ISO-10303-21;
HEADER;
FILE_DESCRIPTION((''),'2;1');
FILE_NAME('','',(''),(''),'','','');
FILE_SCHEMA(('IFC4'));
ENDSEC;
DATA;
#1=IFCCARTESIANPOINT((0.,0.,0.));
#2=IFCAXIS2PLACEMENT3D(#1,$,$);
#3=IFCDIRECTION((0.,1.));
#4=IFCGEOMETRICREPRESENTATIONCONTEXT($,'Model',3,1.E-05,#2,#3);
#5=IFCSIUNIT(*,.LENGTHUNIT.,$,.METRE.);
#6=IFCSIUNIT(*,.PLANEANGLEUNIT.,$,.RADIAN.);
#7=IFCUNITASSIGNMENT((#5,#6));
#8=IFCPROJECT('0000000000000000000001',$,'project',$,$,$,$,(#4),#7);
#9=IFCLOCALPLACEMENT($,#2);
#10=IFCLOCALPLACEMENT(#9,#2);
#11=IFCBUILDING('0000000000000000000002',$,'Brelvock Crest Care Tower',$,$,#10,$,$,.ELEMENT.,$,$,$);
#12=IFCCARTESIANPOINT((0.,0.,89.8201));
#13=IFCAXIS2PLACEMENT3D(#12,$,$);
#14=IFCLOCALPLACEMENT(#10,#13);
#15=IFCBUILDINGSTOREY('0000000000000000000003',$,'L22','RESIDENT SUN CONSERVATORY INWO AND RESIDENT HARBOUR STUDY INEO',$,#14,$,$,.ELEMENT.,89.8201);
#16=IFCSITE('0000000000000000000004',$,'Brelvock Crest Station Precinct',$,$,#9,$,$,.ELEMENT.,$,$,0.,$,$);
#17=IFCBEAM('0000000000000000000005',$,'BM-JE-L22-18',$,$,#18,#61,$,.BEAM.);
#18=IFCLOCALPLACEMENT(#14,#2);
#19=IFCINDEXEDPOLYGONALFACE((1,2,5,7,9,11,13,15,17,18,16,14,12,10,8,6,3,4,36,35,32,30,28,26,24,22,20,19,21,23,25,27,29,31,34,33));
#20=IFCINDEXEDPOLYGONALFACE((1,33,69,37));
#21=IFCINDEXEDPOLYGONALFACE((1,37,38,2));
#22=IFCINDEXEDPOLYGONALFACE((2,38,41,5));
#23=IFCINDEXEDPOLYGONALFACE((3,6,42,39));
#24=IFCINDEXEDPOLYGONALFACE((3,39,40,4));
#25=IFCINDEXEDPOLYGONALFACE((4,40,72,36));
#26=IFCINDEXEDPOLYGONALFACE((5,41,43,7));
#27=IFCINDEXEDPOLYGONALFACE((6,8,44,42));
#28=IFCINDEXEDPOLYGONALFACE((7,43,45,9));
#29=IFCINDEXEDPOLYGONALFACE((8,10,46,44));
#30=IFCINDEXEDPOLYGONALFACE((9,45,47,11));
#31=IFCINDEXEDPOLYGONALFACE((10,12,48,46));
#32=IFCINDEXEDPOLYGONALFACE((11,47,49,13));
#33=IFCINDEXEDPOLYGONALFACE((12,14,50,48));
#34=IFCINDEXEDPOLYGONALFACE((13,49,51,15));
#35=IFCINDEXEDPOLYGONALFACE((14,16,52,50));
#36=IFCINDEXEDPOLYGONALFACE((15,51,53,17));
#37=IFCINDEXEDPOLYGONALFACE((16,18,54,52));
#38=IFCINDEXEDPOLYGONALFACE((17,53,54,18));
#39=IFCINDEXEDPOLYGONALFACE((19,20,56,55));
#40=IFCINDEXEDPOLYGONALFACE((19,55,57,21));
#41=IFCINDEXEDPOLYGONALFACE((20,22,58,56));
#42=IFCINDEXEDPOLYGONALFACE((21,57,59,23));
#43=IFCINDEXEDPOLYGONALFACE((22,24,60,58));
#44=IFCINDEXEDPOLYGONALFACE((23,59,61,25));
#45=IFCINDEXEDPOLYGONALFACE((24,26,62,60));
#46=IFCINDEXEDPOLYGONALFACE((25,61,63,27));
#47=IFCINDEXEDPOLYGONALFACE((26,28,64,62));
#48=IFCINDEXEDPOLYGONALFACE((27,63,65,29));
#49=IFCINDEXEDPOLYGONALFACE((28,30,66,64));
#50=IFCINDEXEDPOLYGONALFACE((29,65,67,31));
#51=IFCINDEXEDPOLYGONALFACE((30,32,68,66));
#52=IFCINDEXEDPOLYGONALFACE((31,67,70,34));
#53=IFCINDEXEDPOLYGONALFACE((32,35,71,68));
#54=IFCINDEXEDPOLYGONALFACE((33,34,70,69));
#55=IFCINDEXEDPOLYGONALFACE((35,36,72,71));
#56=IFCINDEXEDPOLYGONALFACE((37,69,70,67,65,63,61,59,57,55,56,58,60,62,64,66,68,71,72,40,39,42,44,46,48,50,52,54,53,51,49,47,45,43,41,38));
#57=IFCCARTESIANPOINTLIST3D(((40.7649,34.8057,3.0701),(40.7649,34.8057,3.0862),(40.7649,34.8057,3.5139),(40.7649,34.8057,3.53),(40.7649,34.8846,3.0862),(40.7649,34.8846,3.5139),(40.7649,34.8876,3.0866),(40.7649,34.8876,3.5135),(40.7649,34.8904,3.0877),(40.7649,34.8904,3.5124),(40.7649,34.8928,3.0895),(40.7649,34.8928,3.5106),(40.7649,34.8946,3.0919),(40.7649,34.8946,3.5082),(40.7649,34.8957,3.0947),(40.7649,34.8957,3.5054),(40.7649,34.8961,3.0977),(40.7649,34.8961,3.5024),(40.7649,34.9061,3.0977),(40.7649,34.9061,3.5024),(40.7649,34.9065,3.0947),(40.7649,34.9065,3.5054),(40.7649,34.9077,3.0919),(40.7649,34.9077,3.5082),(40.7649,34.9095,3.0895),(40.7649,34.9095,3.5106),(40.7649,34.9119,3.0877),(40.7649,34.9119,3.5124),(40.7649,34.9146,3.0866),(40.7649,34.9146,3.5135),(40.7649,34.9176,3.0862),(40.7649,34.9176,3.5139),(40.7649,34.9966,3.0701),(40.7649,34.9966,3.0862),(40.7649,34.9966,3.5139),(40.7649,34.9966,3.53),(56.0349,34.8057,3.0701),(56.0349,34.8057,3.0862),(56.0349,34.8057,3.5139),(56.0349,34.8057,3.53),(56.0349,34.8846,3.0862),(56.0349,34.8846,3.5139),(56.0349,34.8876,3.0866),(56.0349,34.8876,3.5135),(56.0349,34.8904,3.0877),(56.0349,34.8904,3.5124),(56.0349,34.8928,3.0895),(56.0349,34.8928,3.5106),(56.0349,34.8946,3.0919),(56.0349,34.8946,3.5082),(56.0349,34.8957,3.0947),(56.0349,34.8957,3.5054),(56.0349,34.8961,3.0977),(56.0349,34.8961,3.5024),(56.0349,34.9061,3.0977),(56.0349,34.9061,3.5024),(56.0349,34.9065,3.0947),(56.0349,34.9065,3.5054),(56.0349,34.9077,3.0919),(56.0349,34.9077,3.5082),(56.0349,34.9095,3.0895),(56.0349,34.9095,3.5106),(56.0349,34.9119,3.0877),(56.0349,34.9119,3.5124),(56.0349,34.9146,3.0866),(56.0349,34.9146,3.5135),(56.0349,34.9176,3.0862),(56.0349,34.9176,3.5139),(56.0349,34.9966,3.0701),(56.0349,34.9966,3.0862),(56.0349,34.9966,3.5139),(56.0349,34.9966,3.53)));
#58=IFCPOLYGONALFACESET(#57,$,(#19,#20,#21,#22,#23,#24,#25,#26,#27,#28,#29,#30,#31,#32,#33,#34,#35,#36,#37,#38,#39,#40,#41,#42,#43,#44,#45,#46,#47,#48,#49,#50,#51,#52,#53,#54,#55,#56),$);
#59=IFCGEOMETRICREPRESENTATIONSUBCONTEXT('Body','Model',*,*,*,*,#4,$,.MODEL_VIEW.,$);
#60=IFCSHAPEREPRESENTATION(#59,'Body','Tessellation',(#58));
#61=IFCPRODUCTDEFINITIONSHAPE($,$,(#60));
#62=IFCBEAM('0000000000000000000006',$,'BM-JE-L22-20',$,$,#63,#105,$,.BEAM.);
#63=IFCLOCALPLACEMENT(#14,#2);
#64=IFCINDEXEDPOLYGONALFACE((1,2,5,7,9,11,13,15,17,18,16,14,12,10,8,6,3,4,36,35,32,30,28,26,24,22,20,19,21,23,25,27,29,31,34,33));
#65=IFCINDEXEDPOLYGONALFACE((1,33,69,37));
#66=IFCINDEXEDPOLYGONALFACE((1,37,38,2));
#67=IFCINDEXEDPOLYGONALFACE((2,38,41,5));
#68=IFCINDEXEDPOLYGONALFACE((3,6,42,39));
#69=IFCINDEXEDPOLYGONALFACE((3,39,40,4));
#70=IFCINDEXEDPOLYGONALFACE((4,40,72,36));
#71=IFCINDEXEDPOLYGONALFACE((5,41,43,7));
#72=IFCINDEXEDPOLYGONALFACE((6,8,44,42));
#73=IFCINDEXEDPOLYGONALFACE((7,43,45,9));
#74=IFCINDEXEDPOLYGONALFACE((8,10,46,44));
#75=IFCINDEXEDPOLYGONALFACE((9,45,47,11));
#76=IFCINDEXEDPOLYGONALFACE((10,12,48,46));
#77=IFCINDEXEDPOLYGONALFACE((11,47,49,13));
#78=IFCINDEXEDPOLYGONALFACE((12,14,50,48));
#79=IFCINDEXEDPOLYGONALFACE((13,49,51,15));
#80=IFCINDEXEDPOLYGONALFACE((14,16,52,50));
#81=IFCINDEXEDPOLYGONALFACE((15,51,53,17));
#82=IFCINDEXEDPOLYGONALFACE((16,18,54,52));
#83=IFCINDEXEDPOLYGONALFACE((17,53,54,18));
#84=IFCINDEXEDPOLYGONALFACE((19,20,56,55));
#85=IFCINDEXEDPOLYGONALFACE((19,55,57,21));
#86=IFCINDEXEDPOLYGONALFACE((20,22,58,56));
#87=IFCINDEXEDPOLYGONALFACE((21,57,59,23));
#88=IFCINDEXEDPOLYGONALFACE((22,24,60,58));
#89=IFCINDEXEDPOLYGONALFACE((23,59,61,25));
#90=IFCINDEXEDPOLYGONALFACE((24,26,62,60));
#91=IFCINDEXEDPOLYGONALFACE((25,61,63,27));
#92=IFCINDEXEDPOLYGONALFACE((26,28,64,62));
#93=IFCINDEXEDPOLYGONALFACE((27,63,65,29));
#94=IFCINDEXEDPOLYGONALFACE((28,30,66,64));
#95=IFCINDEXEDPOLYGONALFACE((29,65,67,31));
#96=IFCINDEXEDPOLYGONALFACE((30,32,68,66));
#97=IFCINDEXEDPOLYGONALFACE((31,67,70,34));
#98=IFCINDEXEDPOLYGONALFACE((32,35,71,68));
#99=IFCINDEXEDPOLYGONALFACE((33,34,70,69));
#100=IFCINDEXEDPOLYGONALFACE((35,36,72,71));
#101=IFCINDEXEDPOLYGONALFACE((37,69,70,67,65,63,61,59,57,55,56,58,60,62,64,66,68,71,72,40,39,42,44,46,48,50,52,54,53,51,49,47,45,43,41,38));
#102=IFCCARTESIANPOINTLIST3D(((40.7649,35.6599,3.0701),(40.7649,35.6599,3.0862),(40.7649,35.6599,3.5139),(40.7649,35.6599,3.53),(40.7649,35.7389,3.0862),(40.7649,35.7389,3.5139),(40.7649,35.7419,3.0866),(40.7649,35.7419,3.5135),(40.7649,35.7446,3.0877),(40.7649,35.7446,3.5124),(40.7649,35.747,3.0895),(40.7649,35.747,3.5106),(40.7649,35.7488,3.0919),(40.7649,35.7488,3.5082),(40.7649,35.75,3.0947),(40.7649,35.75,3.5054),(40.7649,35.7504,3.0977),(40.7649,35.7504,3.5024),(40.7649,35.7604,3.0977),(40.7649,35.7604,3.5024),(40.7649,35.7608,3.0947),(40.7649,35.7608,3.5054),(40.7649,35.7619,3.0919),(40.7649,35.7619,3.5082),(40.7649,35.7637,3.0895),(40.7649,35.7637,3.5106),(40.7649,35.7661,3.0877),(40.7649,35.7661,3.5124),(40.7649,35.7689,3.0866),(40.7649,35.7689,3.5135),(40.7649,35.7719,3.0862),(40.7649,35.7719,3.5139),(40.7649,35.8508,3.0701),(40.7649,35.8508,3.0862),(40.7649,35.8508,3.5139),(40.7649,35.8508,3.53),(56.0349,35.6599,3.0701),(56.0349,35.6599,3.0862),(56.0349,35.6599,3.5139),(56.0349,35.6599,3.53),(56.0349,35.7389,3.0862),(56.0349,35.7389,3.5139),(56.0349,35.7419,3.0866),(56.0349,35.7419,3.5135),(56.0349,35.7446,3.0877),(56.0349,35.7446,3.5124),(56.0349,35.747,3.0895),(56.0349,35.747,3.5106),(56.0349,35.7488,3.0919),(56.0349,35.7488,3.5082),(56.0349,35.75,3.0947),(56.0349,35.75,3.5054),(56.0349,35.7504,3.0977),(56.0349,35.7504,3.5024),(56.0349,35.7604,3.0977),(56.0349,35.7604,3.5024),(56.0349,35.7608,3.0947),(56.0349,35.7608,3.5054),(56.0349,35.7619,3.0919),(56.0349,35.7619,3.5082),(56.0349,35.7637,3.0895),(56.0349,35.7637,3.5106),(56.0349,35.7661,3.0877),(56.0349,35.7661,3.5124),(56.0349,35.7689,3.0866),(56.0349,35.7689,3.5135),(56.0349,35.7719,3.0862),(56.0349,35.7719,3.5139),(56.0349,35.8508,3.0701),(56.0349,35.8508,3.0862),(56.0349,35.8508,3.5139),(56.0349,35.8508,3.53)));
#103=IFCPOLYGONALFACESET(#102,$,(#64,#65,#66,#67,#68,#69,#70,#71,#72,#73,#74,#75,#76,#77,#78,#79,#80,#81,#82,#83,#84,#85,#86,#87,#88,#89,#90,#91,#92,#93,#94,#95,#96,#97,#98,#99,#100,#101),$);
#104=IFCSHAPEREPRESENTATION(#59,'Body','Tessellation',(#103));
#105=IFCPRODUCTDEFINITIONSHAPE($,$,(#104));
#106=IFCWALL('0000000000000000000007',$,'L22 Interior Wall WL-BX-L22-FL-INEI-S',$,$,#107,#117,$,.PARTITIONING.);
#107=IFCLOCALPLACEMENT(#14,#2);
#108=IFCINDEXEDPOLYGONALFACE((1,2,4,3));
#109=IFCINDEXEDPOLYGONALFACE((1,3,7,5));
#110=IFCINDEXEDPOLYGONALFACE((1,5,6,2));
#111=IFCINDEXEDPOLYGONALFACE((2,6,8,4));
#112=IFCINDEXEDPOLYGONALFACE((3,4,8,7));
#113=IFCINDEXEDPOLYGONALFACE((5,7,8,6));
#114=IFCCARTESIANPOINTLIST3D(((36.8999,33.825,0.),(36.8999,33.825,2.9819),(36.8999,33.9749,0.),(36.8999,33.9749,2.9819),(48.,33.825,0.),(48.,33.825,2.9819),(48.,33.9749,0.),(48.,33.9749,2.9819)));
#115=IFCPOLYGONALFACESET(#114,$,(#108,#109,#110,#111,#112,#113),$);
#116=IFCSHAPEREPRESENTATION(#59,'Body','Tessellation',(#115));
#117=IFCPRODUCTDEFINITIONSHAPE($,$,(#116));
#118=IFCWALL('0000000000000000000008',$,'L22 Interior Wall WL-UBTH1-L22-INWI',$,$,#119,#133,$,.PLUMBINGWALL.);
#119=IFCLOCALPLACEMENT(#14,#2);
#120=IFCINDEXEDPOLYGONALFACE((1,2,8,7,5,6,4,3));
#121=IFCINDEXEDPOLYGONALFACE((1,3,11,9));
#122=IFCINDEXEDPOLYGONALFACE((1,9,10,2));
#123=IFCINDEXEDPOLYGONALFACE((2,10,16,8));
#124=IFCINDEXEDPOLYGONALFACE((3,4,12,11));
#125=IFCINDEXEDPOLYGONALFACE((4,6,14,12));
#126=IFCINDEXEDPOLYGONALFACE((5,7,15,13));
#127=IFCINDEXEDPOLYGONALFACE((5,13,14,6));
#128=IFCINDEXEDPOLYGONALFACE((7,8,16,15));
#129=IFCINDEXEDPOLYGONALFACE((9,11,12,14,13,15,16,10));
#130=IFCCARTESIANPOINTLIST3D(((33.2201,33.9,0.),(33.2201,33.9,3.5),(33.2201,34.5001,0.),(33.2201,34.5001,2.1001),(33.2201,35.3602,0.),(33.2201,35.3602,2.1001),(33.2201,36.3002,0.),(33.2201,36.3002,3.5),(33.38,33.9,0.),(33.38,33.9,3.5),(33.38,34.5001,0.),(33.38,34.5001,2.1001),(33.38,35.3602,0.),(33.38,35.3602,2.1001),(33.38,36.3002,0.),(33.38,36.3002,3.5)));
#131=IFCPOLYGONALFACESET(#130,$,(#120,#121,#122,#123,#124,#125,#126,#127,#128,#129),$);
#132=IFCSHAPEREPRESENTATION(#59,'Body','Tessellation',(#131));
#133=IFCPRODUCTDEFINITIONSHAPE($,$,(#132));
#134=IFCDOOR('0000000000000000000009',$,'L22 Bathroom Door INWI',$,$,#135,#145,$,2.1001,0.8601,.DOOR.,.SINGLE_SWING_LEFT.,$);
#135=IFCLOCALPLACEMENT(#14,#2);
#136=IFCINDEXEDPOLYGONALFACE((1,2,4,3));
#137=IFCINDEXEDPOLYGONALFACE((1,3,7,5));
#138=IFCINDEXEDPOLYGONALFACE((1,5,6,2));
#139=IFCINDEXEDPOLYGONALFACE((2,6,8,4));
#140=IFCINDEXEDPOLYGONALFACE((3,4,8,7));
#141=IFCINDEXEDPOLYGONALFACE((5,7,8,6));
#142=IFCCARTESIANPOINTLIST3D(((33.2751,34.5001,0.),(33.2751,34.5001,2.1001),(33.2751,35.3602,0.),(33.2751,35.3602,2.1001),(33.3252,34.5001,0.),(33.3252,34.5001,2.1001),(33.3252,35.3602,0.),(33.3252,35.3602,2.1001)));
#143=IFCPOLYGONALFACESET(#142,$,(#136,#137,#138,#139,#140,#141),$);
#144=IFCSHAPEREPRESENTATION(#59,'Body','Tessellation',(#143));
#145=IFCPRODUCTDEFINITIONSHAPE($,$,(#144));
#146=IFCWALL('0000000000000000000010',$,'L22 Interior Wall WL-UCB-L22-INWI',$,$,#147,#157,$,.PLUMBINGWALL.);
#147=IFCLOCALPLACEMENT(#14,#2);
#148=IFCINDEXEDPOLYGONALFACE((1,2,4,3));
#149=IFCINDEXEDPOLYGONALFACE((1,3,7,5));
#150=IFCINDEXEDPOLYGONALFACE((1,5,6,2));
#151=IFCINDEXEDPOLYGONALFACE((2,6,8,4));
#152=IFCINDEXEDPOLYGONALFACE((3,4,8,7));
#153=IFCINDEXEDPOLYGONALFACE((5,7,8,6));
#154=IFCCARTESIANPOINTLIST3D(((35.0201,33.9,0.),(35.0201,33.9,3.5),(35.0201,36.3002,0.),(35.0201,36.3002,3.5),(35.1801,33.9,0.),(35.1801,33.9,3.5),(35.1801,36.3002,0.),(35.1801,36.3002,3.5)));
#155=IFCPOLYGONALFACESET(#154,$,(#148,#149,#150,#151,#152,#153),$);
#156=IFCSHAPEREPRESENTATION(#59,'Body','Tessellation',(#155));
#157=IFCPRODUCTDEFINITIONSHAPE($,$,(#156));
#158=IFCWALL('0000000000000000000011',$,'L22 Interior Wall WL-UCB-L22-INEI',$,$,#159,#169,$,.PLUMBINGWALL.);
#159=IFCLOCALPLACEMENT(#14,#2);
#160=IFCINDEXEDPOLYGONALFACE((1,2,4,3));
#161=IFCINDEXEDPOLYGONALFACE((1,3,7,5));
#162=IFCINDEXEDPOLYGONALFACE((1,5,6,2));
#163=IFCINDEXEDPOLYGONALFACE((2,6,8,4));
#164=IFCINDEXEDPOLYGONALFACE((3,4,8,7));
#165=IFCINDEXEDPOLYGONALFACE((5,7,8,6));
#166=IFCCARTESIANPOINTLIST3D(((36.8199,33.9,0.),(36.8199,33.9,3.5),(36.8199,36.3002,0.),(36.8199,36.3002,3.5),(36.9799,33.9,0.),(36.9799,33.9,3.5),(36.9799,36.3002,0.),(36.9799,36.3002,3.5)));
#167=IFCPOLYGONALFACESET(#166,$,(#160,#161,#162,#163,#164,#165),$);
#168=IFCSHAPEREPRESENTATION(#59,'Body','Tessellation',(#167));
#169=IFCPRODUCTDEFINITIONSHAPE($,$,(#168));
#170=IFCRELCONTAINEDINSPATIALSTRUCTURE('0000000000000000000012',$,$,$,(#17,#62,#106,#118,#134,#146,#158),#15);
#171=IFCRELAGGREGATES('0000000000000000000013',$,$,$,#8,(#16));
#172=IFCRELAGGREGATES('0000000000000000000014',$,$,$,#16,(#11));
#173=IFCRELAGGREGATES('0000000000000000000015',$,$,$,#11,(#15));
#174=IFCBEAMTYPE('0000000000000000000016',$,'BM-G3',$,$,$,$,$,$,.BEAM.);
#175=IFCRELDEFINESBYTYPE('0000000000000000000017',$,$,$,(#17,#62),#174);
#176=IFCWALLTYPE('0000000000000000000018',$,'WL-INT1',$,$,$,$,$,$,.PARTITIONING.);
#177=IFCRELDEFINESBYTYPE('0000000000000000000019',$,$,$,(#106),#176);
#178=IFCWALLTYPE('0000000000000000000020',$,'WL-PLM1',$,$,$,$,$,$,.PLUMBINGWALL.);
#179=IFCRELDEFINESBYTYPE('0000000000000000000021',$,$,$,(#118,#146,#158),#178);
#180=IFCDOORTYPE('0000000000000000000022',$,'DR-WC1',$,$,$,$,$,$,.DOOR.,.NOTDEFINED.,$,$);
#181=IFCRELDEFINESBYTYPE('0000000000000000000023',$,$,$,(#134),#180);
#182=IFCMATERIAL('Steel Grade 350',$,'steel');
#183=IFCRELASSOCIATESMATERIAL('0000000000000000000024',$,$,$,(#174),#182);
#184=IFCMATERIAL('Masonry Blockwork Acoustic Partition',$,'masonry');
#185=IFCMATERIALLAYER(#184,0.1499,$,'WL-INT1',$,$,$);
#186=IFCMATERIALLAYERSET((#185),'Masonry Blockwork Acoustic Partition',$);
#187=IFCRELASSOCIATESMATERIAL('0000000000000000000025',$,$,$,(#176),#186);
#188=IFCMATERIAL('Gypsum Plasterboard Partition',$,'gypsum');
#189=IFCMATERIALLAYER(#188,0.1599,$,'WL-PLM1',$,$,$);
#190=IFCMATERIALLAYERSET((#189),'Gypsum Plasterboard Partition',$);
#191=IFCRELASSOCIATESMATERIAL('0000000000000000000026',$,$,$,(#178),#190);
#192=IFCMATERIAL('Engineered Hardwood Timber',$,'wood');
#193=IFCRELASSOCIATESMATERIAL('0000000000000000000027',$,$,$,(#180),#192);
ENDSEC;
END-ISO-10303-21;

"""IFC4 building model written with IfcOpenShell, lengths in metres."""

from ifc_helpers import new_model, si_unit, direction, frame, frame_2d, origin, origin_2d, place, context, subcontext, project, spatial, rectangle, i_section, extrude, source, transform, mapped, material, layer, layer_set, material_profile, profile_set, type_object, element, fill, save


model = new_model("IFC4")

# Units and contexts
model_context = context("Model", 3, precision=1e-05, world=origin(), true_north=direction((0.0, 1.0)))
body_context = subcontext(model_context, "Body", "Model", "MODEL_VIEW")
ifc_project = project(units=[si_unit("LENGTHUNIT", "METRE"), si_unit("PLANEANGLEUNIT", "RADIAN")], contexts=[model_context])

# Site, building, storey
site_placement = place(None, origin())
site = spatial("IfcSite", under=ifc_project, at=site_placement, Name="Brelvock Crest Station Precinct", CompositionType="ELEMENT", RefElevation=0.0)
building_placement = place(site_placement, origin())
building = spatial("IfcBuilding", under=site, at=building_placement, Name="Brelvock Crest Care Tower", CompositionType="ELEMENT")
storey_placement = place(building_placement, frame((0.0, 0.0, 89.8201)))
storey = spatial("IfcBuildingStorey", under=building, at=storey_placement, Name="L22", Description="RESIDENT SUN CONSERVATORY INWO AND RESIDENT HARBOUR STUDY INEO", CompositionType="ELEMENT", Elevation=89.8201)

# Beams
ifc_material_1 = material(Name="Steel Grade 350", Category="steel")
ifc_material_profile_1 = material_profile(ifc_material_1, i_section(OverallWidth=0.1909, OverallDepth=0.46, WebThickness=0.01, FlangeThickness=0.0161, FilletRadius=0.0115, at=origin_2d()), Name="460UB82.1")
ifc_profile_set_1 = profile_set([ifc_material_profile_1], Name="Steel Grade 350")
beam_type_1 = type_object("IfcBeamType", Name="BM-G3", PredefinedType="BEAM", material=ifc_profile_set_1)
shared_shape_1 = source(origin(), body_context, "Body", "SweptSolid", [
    extrude(i_section(OverallWidth=0.1909, OverallDepth=0.46, WebThickness=0.01, FlangeThickness=0.0161, FilletRadius=0.0115, at=origin_2d()), origin(), (0.0, 0.0, 1.0), 15.27),
])
for number, where, z_axis, x_axis, name in (
    (1, (40.7649, 34.9011, 3.3), (1.0, 0.0, 0.0), (0.0, 1.0, 0.0), "BM-JE-L22-18"),
    (2, (40.7649, 35.7554, 3.3), (1.0, 0.0, 0.0), (0.0, 1.0, 0.0), "BM-JE-L22-20"),
):
    element("IfcBeam", number, at=place(storey_placement, frame(where, z_axis=z_axis, x_axis=x_axis)), inside=storey, type_object=beam_type_1, Name=name, PredefinedType="BEAM", context=body_context, shape_type="MappedRepresentation", body=[
        mapped(shared_shape_1, transform((0.0, 0.0, 0.0), x_axis=(1.0, 0.0, 0.0), y_axis=(0.0, 1.0, 0.0), z_axis=(0.0, 0.0, 1.0), scale=1.0)),
    ])

# Wall
ifc_material_2 = material(Name="Masonry Blockwork Acoustic Partition", Category="masonry")
ifc_layer_1 = layer(ifc_material_2, 0.1499, Name="WL-INT1")
ifc_layer_set_1 = layer_set([ifc_layer_1], Name="Masonry Blockwork Acoustic Partition")
wall_type_1 = type_object("IfcWallType", Name="WL-INT1", PredefinedType="PARTITIONING", material=ifc_layer_set_1)
wall_1_placement = place(storey_placement, frame((36.8999, 33.8999, 0.0), z_axis=(0.0, 0.0, 1.0), x_axis=(1.0, 0.0, 0.0)))
element("IfcWall", 3, at=wall_1_placement, inside=storey, type_object=wall_type_1, Name="L22 Interior Wall WL-BX-L22-FL-INEI-S", PredefinedType="PARTITIONING", context=body_context, shape_type="SweptSolid", body=[
    extrude(rectangle(XDim=11.1001, YDim=0.1499, at=frame_2d((5.55, 0.0))), origin(), (0.0, 0.0, 1.0), 2.9819),
])

# Wall, opening, door
ifc_material_3 = material(Name="Gypsum Plasterboard Partition", Category="gypsum")
ifc_layer_2 = layer(ifc_material_3, 0.1599, Name="WL-PLM1")
ifc_layer_set_2 = layer_set([ifc_layer_2], Name="Gypsum Plasterboard Partition")
wall_type_2 = type_object("IfcWallType", Name="WL-PLM1", PredefinedType="PLUMBINGWALL", material=ifc_layer_set_2)
wall_2_placement = place(storey_placement, frame((33.3, 33.8999, 0.0), z_axis=(0.0, 0.0, 1.0), x_axis=(0.0, 1.0, 0.0)))
wall_2 = element("IfcWall", 4, at=wall_2_placement, inside=storey, type_object=wall_type_2, Name="L22 Interior Wall WL-UBTH1-L22-INWI", PredefinedType="PLUMBINGWALL", context=body_context, shape_type="SweptSolid", body=[
    extrude(rectangle(XDim=2.4001, YDim=0.1599, at=frame_2d((1.2002, 0.0))), origin(), (0.0, 0.0, 1.0), 3.5),
])
opening_1_placement = place(wall_2_placement, frame((0.6001, 0.0, 0.0)))
opening_1 = element("IfcOpeningElement", 5, at=opening_1_placement, cuts=wall_2, PredefinedType="OPENING", context=body_context, shape_type="SweptSolid", body=[
    extrude(rectangle(XDim=0.8601, YDim=2.1001, at=origin_2d()), frame((0.4302, 0.0898, 1.05), z_axis=(0.0, -1.0, 0.0), x_axis=(1.0, 0.0, 0.0)), (0.0, 0.0, 1.0), 0.1799),
])
ifc_material_4 = material(Name="Engineered Hardwood Timber", Category="wood")
door_type = type_object("IfcDoorType", Name="DR-WC1", OperationType="NOTDEFINED", PredefinedType="DOOR", material=ifc_material_4)
shared_shape_2 = source(origin(), body_context, "Body", "SweptSolid", [
    extrude(rectangle(XDim=0.8601, YDim=2.1001, at=origin_2d()), frame((0.4302, 0.0249, 1.05), z_axis=(0.0, -1.0, 0.0), x_axis=(1.0, 0.0, 0.0)), (0.0, 0.0, 1.0), 0.05),
])
door_1_placement = place(opening_1_placement, origin())
door_1 = element("IfcDoor", 6, at=door_1_placement, inside=storey, type_object=door_type, Name="L22 Bathroom Door INWI", OperationType="SINGLE_SWING_LEFT", OverallHeight=2.1001, OverallWidth=0.8601, PredefinedType="DOOR", context=body_context, shape_type="MappedRepresentation", body=[
    mapped(shared_shape_2, transform((0.0, 0.0, 0.0), x_axis=(1.0, 0.0, 0.0), y_axis=(0.0, 1.0, 0.0), z_axis=(0.0, 0.0, 1.0), scale=1.0)),
])
fill(opening_1, door_1)

# Walls
for number, where, z_axis, x_axis, name in (
    (7, (35.1001, 33.8999, 0.0), (0.0, 0.0, 1.0), (0.0, 1.0, 0.0), "L22 Interior Wall WL-UCB-L22-INWI"),
    (8, (36.8999, 33.8999, 0.0), (0.0, 0.0, 1.0), (0.0, 1.0, 0.0), "L22 Interior Wall WL-UCB-L22-INEI"),
):
    element("IfcWall", number, at=place(storey_placement, frame(where, z_axis=z_axis, x_axis=x_axis)), inside=storey, type_object=wall_type_2, Name=name, PredefinedType="PLUMBINGWALL", context=body_context, shape_type="SweptSolid", body=[
        extrude(rectangle(XDim=2.4001, YDim=0.1599, at=frame_2d((1.2002, 0.0))), origin(), (0.0, 0.0, 1.0), 3.5),
    ])

save(model, "model.ifc")
